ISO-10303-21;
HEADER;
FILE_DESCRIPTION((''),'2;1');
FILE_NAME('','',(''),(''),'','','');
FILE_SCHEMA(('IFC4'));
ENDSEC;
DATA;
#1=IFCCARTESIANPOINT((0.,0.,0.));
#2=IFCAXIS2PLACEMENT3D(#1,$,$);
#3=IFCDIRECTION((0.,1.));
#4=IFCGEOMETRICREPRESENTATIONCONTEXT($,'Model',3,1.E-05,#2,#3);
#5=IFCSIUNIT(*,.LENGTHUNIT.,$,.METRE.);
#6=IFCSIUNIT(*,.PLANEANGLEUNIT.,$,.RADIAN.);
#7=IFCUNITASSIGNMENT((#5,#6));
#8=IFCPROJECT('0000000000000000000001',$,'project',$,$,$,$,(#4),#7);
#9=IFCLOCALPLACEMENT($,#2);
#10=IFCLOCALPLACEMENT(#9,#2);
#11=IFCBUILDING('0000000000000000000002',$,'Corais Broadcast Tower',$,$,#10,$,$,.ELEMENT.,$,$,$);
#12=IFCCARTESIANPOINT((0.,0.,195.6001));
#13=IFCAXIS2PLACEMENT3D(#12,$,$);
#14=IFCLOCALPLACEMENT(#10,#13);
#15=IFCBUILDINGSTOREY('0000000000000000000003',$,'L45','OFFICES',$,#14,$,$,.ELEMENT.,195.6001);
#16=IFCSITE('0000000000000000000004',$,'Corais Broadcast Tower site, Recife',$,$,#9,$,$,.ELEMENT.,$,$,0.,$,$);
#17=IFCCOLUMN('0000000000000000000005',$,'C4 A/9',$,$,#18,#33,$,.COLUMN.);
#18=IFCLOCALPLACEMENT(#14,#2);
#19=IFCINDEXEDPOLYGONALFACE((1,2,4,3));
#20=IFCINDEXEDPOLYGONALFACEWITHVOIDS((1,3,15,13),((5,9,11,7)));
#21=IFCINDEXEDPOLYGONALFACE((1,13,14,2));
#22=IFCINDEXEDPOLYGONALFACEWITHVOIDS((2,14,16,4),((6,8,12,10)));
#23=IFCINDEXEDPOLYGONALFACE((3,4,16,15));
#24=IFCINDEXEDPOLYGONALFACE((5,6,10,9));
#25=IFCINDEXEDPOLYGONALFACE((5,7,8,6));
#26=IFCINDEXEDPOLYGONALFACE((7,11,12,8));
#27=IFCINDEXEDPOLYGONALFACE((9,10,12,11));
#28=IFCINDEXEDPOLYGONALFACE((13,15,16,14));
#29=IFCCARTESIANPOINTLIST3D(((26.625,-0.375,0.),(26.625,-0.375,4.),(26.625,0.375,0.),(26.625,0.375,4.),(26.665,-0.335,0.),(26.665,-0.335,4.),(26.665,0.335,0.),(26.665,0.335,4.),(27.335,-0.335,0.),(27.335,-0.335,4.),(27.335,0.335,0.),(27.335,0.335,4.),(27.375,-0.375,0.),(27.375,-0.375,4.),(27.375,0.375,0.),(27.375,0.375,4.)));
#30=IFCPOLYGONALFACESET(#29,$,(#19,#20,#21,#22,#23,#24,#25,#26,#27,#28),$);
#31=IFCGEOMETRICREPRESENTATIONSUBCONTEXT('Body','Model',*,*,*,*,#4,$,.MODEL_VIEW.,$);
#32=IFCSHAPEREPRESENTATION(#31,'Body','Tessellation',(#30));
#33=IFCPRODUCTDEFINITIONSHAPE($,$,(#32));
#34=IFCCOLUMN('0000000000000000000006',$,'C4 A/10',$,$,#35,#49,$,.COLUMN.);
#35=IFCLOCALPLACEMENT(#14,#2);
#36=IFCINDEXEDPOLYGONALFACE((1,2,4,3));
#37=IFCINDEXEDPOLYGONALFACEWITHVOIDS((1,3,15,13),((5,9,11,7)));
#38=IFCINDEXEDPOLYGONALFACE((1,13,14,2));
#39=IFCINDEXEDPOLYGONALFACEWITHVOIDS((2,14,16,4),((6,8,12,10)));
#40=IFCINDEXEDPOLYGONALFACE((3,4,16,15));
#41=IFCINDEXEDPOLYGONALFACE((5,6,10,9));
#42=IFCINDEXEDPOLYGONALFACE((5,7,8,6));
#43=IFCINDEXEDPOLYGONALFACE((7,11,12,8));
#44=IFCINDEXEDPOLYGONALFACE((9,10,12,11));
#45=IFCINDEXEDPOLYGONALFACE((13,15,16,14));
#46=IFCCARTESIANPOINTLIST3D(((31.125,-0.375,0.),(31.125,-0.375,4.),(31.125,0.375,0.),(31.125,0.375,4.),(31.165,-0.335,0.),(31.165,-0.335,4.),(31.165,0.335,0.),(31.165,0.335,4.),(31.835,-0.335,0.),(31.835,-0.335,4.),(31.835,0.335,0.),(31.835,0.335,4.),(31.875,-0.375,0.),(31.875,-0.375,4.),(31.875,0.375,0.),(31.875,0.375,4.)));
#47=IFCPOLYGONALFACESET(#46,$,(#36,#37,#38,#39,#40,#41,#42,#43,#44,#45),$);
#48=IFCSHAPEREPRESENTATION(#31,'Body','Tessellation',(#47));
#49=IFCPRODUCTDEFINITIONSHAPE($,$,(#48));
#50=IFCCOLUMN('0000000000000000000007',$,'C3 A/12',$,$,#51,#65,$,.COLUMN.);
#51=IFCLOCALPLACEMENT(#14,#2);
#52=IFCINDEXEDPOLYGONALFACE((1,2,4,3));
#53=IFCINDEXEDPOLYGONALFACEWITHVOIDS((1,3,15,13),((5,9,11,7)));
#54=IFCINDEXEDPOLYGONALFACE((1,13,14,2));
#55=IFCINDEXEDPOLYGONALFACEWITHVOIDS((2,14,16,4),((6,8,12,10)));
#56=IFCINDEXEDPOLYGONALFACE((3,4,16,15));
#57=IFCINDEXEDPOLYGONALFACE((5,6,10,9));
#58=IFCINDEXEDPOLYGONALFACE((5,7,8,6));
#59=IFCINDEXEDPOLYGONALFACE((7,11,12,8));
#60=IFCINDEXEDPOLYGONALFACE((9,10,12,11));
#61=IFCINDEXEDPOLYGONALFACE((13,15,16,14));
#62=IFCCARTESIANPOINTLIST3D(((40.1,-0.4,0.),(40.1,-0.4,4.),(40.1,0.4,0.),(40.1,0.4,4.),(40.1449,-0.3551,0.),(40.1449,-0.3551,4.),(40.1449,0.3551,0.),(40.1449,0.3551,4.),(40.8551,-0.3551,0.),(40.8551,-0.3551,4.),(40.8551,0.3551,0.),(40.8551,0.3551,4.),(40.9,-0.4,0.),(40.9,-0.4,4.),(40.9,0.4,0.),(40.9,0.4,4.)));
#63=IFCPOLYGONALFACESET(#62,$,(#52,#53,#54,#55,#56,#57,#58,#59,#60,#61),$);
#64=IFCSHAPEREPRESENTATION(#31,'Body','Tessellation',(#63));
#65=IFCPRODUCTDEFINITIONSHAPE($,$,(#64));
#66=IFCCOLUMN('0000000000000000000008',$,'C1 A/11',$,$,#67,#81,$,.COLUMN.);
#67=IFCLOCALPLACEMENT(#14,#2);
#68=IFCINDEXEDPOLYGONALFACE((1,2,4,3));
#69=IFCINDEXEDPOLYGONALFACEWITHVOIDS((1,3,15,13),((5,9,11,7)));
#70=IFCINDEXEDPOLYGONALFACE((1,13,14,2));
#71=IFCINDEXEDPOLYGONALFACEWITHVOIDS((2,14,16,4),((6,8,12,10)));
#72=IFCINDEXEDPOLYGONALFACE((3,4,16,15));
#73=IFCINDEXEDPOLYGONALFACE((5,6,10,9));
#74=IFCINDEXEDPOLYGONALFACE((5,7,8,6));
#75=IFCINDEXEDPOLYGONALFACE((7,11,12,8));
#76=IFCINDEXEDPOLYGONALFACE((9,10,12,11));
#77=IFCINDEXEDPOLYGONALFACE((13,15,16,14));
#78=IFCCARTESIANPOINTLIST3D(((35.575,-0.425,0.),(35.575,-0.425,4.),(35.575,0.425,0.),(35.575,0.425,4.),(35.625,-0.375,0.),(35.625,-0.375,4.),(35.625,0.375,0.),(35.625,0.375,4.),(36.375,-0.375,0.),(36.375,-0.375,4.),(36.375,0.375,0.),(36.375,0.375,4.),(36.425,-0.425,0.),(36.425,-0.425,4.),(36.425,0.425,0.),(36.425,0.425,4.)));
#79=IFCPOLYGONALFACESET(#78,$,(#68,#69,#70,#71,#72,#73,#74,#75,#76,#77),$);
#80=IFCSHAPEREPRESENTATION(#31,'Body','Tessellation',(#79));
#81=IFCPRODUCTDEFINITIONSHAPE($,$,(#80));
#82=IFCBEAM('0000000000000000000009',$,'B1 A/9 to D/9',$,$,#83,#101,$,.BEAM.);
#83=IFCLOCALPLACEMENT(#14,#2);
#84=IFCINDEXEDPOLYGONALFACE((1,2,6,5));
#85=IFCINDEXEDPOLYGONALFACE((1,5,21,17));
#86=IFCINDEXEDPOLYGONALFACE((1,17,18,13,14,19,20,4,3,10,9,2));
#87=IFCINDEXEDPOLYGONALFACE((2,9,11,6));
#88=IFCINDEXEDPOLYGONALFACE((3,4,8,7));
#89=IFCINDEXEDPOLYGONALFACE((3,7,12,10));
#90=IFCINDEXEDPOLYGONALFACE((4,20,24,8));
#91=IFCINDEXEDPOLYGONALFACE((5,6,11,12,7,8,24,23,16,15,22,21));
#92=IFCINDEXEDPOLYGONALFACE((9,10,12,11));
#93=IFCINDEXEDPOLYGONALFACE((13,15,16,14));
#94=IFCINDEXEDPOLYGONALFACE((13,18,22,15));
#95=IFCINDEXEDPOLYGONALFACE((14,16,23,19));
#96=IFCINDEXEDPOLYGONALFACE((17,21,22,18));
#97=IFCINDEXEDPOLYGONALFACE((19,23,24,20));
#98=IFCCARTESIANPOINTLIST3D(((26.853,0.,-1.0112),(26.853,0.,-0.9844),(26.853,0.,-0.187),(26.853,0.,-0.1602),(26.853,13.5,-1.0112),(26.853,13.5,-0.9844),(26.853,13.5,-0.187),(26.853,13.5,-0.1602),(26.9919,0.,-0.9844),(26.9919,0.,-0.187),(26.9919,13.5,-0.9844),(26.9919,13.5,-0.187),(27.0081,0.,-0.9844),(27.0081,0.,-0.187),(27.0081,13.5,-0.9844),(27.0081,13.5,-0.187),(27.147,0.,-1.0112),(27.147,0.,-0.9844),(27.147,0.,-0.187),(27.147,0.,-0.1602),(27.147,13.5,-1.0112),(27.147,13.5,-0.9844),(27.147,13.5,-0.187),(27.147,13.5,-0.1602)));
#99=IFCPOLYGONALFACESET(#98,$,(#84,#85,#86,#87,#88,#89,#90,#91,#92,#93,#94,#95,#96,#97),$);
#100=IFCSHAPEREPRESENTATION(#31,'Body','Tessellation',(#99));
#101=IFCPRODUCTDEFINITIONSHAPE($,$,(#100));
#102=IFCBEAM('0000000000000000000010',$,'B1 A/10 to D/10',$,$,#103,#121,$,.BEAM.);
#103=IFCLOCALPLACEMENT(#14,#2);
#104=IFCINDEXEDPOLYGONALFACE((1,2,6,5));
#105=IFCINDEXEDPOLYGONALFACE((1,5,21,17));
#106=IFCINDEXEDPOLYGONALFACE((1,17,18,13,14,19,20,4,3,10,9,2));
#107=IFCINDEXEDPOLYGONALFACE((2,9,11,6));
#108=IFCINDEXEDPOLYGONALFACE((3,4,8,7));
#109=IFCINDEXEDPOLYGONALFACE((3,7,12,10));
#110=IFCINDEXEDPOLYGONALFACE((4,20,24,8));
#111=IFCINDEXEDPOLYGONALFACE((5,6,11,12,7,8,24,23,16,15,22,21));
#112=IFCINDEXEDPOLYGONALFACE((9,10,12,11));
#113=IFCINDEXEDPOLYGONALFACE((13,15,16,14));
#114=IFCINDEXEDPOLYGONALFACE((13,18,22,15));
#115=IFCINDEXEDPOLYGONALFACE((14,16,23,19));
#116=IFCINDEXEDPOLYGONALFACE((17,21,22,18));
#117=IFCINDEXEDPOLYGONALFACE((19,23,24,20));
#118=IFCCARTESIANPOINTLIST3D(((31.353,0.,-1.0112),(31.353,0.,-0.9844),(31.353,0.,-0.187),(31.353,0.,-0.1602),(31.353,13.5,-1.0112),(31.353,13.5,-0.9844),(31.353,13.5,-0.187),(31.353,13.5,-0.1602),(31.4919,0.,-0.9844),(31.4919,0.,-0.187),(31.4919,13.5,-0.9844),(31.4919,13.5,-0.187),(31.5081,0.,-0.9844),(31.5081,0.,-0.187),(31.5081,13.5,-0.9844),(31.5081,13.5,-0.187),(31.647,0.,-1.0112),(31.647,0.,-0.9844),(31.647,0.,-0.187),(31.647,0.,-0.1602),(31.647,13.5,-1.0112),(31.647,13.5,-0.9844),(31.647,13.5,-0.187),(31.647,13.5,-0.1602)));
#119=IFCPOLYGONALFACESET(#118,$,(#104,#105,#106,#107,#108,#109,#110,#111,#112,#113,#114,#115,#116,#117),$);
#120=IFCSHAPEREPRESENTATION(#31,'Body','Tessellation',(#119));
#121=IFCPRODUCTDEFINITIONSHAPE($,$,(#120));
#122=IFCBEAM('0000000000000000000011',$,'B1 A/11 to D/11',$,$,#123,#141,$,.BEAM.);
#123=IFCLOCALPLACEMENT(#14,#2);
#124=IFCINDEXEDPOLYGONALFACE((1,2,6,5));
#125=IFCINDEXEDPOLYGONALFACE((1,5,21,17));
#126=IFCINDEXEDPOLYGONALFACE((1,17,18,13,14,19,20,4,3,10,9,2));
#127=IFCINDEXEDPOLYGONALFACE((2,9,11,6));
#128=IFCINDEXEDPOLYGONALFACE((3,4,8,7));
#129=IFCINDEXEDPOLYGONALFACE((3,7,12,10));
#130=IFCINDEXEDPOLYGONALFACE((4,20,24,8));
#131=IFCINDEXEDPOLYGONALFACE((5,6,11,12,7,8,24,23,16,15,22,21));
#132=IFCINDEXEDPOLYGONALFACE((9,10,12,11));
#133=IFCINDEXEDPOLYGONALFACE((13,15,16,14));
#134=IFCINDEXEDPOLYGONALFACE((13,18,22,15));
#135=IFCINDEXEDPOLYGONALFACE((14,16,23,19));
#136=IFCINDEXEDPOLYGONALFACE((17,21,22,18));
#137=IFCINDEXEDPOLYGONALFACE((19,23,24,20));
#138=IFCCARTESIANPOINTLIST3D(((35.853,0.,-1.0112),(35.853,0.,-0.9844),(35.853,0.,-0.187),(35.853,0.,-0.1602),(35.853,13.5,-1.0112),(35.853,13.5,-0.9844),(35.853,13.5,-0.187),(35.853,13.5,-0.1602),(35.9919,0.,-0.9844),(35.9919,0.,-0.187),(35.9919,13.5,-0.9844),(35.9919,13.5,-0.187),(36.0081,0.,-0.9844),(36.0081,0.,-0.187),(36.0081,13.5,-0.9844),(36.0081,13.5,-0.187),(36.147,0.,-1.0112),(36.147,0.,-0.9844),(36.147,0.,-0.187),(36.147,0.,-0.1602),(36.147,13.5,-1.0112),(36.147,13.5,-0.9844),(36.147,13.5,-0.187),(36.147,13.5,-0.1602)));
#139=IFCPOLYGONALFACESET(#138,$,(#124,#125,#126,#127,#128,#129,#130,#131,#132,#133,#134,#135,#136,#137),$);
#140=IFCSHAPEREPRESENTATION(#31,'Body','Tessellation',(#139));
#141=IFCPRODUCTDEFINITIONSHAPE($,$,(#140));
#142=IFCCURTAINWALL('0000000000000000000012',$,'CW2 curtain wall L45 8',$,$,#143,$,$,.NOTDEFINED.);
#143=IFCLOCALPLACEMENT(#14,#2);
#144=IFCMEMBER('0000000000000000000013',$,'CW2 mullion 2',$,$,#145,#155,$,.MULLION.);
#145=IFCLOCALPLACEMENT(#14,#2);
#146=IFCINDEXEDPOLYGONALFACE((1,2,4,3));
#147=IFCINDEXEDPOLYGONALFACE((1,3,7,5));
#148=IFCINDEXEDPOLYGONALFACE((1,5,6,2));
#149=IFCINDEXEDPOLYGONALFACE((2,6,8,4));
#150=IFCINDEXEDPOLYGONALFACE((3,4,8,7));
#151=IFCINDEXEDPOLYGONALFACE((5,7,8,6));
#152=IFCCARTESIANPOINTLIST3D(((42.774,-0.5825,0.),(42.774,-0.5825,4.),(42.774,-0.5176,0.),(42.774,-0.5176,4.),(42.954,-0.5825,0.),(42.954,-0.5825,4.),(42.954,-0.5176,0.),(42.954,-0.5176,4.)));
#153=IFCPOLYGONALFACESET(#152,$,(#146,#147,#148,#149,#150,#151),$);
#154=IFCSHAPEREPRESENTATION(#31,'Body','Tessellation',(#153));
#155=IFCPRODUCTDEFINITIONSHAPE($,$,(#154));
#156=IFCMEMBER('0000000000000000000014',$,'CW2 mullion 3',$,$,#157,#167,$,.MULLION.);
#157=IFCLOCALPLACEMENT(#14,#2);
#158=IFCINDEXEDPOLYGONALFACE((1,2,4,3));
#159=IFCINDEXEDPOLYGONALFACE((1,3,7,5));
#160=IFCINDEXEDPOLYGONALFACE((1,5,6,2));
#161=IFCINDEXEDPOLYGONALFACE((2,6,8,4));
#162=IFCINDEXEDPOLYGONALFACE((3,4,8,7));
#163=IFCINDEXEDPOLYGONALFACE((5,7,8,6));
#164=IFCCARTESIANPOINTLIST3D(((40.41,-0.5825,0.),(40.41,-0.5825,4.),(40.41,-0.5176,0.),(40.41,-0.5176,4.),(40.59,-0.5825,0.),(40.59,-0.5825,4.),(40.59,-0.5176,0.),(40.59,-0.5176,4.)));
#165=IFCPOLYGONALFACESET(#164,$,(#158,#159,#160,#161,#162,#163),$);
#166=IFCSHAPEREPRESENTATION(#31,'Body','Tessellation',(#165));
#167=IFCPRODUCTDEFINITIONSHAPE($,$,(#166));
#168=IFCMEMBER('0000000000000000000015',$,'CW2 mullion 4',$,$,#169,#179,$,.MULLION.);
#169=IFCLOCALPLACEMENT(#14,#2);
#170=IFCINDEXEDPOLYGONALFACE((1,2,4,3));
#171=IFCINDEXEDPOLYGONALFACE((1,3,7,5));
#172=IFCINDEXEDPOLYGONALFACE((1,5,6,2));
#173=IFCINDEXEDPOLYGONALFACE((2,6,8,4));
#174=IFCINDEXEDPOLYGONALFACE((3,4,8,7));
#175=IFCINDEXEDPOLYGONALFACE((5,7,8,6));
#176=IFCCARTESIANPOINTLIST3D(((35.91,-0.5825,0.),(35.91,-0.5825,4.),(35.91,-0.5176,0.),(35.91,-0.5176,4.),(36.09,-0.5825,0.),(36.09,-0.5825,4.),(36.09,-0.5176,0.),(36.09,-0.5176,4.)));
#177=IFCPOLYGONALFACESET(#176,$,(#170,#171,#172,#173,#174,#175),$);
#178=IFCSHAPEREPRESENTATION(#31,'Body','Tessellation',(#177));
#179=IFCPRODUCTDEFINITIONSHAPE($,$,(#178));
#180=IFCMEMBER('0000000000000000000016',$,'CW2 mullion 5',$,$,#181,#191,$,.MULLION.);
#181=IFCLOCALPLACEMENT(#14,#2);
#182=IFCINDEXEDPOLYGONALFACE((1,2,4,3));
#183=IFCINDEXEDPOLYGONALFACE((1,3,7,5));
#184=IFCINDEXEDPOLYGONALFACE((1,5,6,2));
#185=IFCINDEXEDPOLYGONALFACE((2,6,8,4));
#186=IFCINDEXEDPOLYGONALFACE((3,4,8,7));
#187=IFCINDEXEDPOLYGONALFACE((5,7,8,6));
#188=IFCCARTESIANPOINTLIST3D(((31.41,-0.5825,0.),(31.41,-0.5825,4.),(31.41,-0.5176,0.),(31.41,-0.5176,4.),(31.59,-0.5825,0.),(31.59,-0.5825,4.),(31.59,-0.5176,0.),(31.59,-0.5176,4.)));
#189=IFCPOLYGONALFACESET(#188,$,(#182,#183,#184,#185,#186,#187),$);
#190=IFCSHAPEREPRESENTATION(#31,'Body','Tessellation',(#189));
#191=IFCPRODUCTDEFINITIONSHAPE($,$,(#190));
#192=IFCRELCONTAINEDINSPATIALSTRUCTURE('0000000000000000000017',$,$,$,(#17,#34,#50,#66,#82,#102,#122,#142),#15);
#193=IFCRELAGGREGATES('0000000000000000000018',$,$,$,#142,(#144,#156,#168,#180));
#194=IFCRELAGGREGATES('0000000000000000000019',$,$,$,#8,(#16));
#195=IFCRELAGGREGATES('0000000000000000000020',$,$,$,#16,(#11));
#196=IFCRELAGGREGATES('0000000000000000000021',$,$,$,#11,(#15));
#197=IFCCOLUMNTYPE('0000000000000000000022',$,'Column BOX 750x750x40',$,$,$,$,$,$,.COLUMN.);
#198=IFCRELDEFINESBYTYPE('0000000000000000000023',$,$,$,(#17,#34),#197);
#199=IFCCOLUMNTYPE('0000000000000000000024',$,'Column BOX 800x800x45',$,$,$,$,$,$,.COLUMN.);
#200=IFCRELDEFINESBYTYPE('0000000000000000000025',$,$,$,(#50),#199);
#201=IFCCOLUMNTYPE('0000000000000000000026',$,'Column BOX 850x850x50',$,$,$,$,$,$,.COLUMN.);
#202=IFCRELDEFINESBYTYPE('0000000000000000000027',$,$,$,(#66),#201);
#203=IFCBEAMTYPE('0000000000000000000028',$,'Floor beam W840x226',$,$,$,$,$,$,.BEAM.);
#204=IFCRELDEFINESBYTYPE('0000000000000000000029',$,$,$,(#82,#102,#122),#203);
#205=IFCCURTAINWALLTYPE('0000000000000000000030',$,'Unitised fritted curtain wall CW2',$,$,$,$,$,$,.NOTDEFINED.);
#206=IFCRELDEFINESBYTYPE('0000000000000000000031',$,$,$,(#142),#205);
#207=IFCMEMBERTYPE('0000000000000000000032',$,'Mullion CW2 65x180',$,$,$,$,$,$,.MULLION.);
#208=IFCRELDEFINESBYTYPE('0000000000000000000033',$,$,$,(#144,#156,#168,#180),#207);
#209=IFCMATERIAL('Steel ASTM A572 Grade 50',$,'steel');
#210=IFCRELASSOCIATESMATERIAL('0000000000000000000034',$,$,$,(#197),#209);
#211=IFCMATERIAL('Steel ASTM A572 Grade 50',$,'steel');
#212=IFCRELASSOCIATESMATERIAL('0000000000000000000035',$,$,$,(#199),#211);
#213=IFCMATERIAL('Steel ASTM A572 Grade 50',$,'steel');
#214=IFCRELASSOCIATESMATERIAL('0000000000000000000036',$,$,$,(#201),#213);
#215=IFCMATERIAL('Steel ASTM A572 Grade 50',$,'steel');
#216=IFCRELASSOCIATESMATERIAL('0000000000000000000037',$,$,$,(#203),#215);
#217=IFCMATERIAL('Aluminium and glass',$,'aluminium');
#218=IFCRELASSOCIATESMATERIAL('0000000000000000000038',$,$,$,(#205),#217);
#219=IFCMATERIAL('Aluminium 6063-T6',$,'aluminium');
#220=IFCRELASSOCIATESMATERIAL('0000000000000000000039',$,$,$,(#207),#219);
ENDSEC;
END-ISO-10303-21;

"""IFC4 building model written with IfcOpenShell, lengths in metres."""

from ifc_helpers import new_model, si_unit, direction, frame, origin, origin_2d, place, context, subcontext, project, spatial, rectangle, hollow_rectangle, i_section, extrude, material, material_profile, profile_set, type_object, element, aggregate, save


model = new_model("IFC4")

# Units and contexts
model_context = context("Model", 3, precision=1e-05, world=origin(), true_north=direction((0.0, 1.0)))
body_context = subcontext(model_context, "Body", "Model", "MODEL_VIEW")
ifc_project = project(units=[si_unit("LENGTHUNIT", "METRE"), si_unit("PLANEANGLEUNIT", "RADIAN")], contexts=[model_context])

# Site, building, storey
site_placement = place(None, origin())
site = spatial("IfcSite", under=ifc_project, at=site_placement, Name="Corais Broadcast Tower site, Recife", CompositionType="ELEMENT", RefElevation=0.0)
building_placement = place(site_placement, origin())
building = spatial("IfcBuilding", under=site, at=building_placement, Name="Corais Broadcast Tower", CompositionType="ELEMENT")
storey_placement = place(building_placement, frame((0.0, 0.0, 195.6001)))
storey = spatial("IfcBuildingStorey", under=building, at=storey_placement, Name="L45", Description="OFFICES", CompositionType="ELEMENT", Elevation=195.6001)

# Columns
ifc_material_1 = material(Name="Steel ASTM A572 Grade 50", Category="steel")
ifc_material_profile_1 = material_profile(ifc_material_1, hollow_rectangle(XDim=0.75, YDim=0.75, WallThickness=0.04, at=origin_2d()), Name="BOX 750x750x40")
ifc_profile_set_1 = profile_set([ifc_material_profile_1], Name="Steel ASTM A572 Grade 50")
column_type_1 = type_object("IfcColumnType", Name="Column BOX 750x750x40", PredefinedType="COLUMN", material=ifc_profile_set_1)
for number, where, z_axis, x_axis, name in (
    (1, (27.0, 0.0, 0.0), (0.0, 0.0, 1.0), (1.0, 0.0, 0.0), "C4 A/9"),
    (2, (31.5, 0.0, 0.0), (0.0, 0.0, 1.0), (1.0, 0.0, 0.0), "C4 A/10"),
):
    element("IfcColumn", number, at=place(storey_placement, frame(where, z_axis=z_axis, x_axis=x_axis)), inside=storey, type_object=column_type_1, Name=name, PredefinedType="COLUMN", context=body_context, shape_type="SweptSolid", body=[
        extrude(hollow_rectangle(XDim=0.75, YDim=0.75, WallThickness=0.04, at=origin_2d()), origin(), (0.0, 0.0, 1.0), 4.0),
    ])
ifc_material_2 = material(Name="Steel ASTM A572 Grade 50", Category="steel")
ifc_material_profile_2 = material_profile(ifc_material_2, hollow_rectangle(XDim=0.8, YDim=0.8, WallThickness=0.0449, at=origin_2d()), Name="BOX 800x800x45")
ifc_profile_set_2 = profile_set([ifc_material_profile_2], Name="Steel ASTM A572 Grade 50")
column_type_2 = type_object("IfcColumnType", Name="Column BOX 800x800x45", PredefinedType="COLUMN", material=ifc_profile_set_2)
column_1_placement = place(storey_placement, frame((40.5, 0.0, 0.0), z_axis=(0.0, 0.0, 1.0), x_axis=(1.0, 0.0, 0.0)))
element("IfcColumn", 3, at=column_1_placement, inside=storey, type_object=column_type_2, Name="C3 A/12", PredefinedType="COLUMN", context=body_context, shape_type="SweptSolid", body=[
    extrude(hollow_rectangle(XDim=0.8, YDim=0.8, WallThickness=0.0449, at=origin_2d()), origin(), (0.0, 0.0, 1.0), 4.0),
])
ifc_material_3 = material(Name="Steel ASTM A572 Grade 50", Category="steel")
ifc_material_profile_3 = material_profile(ifc_material_3, hollow_rectangle(XDim=0.8501, YDim=0.8501, WallThickness=0.05, at=origin_2d()), Name="BOX 850x850x50")
ifc_profile_set_3 = profile_set([ifc_material_profile_3], Name="Steel ASTM A572 Grade 50")
column_type_3 = type_object("IfcColumnType", Name="Column BOX 850x850x50", PredefinedType="COLUMN", material=ifc_profile_set_3)
column_2_placement = place(storey_placement, frame((36.0, 0.0, 0.0), z_axis=(0.0, 0.0, 1.0), x_axis=(1.0, 0.0, 0.0)))
element("IfcColumn", 4, at=column_2_placement, inside=storey, type_object=column_type_3, Name="C1 A/11", PredefinedType="COLUMN", context=body_context, shape_type="SweptSolid", body=[
    extrude(hollow_rectangle(XDim=0.8501, YDim=0.8501, WallThickness=0.05, at=origin_2d()), origin(), (0.0, 0.0, 1.0), 4.0),
])

# Beams
ifc_material_4 = material(Name="Steel ASTM A572 Grade 50", Category="steel")
ifc_material_profile_4 = material_profile(ifc_material_4, i_section(OverallWidth=0.2939, OverallDepth=0.8511, WebThickness=0.0161, FlangeThickness=0.0269, at=origin_2d()), Name="W840x226")
ifc_profile_set_4 = profile_set([ifc_material_profile_4], Name="Steel ASTM A572 Grade 50")
beam_type_1 = type_object("IfcBeamType", Name="Floor beam W840x226", PredefinedType="BEAM", material=ifc_profile_set_4)
for number, where, z_axis, x_axis, name in (
    (5, (27.0, 0.0, -0.5857), (0.0, 1.0, 0.0), (-1.0, 0.0, 0.0), "B1 A/9 to D/9"),
    (6, (31.5, 0.0, -0.5857), (0.0, 1.0, 0.0), (-1.0, 0.0, 0.0), "B1 A/10 to D/10"),
    (7, (36.0, 0.0, -0.5857), (0.0, 1.0, 0.0), (-1.0, 0.0, 0.0), "B1 A/11 to D/11"),
):
    element("IfcBeam", number, at=place(storey_placement, frame(where, z_axis=z_axis, x_axis=x_axis)), inside=storey, type_object=beam_type_1, Name=name, PredefinedType="BEAM", context=body_context, shape_type="SweptSolid", body=[
        extrude(i_section(OverallWidth=0.2939, OverallDepth=0.8511, WebThickness=0.0161, FlangeThickness=0.0269, at=origin_2d()), origin(), (0.0, 0.0, 1.0), 13.5),
    ])

# Curtain wall, members
ifc_material_5 = material(Name="Aluminium and glass", Category="aluminium")
curtain_wall_type = type_object("IfcCurtainWallType", Name="Unitised fritted curtain wall CW2", PredefinedType="NOTDEFINED", material=ifc_material_5)
curtain_wall_placement = place(storey_placement, origin())
curtain_wall = element("IfcCurtainWall", 8, at=curtain_wall_placement, inside=storey, type_object=curtain_wall_type, Name="CW2 curtain wall L45 8", PredefinedType="NOTDEFINED")
ifc_material_6 = material(Name="Aluminium 6063-T6", Category="aluminium")
ifc_material_profile_5 = material_profile(ifc_material_6, rectangle(XDim=0.0649, YDim=0.1799, at=origin_2d()), Name="Mullion CW2 65x180")
ifc_profile_set_5 = profile_set([ifc_material_profile_5], Name="Aluminium 6063-T6")
member_type_1 = type_object("IfcMemberType", Name="Mullion CW2 65x180", PredefinedType="MULLION", material=ifc_profile_set_5)
member_1_placement = place(storey_placement, frame((42.864, -0.55, 0.0), z_axis=(0.0, 0.0, 1.0), x_axis=(0.0, -1.0, 0.0)))
member_1 = element("IfcMember", 9, at=member_1_placement, type_object=member_type_1, Name="CW2 mullion 2", PredefinedType="MULLION", context=body_context, shape_type="SweptSolid", body=[
    extrude(rectangle(XDim=0.0649, YDim=0.1799, at=origin_2d()), origin(), (0.0, 0.0, 1.0), 4.0),
])
member_2_placement = place(storey_placement, frame((40.5, -0.55, 0.0), z_axis=(0.0, 0.0, 1.0), x_axis=(0.0, -1.0, 0.0)))
member_2 = element("IfcMember", 10, at=member_2_placement, type_object=member_type_1, Name="CW2 mullion 3", PredefinedType="MULLION", context=body_context, shape_type="SweptSolid", body=[
    extrude(rectangle(XDim=0.0649, YDim=0.1799, at=origin_2d()), origin(), (0.0, 0.0, 1.0), 4.0),
])
member_3_placement = place(storey_placement, frame((36.0, -0.55, 0.0), z_axis=(0.0, 0.0, 1.0), x_axis=(0.0, -1.0, 0.0)))
member_3 = element("IfcMember", 11, at=member_3_placement, type_object=member_type_1, Name="CW2 mullion 4", PredefinedType="MULLION", context=body_context, shape_type="SweptSolid", body=[
    extrude(rectangle(XDim=0.0649, YDim=0.1799, at=origin_2d()), origin(), (0.0, 0.0, 1.0), 4.0),
])
member_4_placement = place(storey_placement, frame((31.5, -0.55, 0.0), z_axis=(0.0, 0.0, 1.0), x_axis=(0.0, -1.0, 0.0)))
member_4 = element("IfcMember", 12, at=member_4_placement, type_object=member_type_1, Name="CW2 mullion 5", PredefinedType="MULLION", context=body_context, shape_type="SweptSolid", body=[
    extrude(rectangle(XDim=0.0649, YDim=0.1799, at=origin_2d()), origin(), (0.0, 0.0, 1.0), 4.0),
])

aggregate(curtain_wall, [member_1, member_2, member_3, member_4])

save(model, "model.ifc")
